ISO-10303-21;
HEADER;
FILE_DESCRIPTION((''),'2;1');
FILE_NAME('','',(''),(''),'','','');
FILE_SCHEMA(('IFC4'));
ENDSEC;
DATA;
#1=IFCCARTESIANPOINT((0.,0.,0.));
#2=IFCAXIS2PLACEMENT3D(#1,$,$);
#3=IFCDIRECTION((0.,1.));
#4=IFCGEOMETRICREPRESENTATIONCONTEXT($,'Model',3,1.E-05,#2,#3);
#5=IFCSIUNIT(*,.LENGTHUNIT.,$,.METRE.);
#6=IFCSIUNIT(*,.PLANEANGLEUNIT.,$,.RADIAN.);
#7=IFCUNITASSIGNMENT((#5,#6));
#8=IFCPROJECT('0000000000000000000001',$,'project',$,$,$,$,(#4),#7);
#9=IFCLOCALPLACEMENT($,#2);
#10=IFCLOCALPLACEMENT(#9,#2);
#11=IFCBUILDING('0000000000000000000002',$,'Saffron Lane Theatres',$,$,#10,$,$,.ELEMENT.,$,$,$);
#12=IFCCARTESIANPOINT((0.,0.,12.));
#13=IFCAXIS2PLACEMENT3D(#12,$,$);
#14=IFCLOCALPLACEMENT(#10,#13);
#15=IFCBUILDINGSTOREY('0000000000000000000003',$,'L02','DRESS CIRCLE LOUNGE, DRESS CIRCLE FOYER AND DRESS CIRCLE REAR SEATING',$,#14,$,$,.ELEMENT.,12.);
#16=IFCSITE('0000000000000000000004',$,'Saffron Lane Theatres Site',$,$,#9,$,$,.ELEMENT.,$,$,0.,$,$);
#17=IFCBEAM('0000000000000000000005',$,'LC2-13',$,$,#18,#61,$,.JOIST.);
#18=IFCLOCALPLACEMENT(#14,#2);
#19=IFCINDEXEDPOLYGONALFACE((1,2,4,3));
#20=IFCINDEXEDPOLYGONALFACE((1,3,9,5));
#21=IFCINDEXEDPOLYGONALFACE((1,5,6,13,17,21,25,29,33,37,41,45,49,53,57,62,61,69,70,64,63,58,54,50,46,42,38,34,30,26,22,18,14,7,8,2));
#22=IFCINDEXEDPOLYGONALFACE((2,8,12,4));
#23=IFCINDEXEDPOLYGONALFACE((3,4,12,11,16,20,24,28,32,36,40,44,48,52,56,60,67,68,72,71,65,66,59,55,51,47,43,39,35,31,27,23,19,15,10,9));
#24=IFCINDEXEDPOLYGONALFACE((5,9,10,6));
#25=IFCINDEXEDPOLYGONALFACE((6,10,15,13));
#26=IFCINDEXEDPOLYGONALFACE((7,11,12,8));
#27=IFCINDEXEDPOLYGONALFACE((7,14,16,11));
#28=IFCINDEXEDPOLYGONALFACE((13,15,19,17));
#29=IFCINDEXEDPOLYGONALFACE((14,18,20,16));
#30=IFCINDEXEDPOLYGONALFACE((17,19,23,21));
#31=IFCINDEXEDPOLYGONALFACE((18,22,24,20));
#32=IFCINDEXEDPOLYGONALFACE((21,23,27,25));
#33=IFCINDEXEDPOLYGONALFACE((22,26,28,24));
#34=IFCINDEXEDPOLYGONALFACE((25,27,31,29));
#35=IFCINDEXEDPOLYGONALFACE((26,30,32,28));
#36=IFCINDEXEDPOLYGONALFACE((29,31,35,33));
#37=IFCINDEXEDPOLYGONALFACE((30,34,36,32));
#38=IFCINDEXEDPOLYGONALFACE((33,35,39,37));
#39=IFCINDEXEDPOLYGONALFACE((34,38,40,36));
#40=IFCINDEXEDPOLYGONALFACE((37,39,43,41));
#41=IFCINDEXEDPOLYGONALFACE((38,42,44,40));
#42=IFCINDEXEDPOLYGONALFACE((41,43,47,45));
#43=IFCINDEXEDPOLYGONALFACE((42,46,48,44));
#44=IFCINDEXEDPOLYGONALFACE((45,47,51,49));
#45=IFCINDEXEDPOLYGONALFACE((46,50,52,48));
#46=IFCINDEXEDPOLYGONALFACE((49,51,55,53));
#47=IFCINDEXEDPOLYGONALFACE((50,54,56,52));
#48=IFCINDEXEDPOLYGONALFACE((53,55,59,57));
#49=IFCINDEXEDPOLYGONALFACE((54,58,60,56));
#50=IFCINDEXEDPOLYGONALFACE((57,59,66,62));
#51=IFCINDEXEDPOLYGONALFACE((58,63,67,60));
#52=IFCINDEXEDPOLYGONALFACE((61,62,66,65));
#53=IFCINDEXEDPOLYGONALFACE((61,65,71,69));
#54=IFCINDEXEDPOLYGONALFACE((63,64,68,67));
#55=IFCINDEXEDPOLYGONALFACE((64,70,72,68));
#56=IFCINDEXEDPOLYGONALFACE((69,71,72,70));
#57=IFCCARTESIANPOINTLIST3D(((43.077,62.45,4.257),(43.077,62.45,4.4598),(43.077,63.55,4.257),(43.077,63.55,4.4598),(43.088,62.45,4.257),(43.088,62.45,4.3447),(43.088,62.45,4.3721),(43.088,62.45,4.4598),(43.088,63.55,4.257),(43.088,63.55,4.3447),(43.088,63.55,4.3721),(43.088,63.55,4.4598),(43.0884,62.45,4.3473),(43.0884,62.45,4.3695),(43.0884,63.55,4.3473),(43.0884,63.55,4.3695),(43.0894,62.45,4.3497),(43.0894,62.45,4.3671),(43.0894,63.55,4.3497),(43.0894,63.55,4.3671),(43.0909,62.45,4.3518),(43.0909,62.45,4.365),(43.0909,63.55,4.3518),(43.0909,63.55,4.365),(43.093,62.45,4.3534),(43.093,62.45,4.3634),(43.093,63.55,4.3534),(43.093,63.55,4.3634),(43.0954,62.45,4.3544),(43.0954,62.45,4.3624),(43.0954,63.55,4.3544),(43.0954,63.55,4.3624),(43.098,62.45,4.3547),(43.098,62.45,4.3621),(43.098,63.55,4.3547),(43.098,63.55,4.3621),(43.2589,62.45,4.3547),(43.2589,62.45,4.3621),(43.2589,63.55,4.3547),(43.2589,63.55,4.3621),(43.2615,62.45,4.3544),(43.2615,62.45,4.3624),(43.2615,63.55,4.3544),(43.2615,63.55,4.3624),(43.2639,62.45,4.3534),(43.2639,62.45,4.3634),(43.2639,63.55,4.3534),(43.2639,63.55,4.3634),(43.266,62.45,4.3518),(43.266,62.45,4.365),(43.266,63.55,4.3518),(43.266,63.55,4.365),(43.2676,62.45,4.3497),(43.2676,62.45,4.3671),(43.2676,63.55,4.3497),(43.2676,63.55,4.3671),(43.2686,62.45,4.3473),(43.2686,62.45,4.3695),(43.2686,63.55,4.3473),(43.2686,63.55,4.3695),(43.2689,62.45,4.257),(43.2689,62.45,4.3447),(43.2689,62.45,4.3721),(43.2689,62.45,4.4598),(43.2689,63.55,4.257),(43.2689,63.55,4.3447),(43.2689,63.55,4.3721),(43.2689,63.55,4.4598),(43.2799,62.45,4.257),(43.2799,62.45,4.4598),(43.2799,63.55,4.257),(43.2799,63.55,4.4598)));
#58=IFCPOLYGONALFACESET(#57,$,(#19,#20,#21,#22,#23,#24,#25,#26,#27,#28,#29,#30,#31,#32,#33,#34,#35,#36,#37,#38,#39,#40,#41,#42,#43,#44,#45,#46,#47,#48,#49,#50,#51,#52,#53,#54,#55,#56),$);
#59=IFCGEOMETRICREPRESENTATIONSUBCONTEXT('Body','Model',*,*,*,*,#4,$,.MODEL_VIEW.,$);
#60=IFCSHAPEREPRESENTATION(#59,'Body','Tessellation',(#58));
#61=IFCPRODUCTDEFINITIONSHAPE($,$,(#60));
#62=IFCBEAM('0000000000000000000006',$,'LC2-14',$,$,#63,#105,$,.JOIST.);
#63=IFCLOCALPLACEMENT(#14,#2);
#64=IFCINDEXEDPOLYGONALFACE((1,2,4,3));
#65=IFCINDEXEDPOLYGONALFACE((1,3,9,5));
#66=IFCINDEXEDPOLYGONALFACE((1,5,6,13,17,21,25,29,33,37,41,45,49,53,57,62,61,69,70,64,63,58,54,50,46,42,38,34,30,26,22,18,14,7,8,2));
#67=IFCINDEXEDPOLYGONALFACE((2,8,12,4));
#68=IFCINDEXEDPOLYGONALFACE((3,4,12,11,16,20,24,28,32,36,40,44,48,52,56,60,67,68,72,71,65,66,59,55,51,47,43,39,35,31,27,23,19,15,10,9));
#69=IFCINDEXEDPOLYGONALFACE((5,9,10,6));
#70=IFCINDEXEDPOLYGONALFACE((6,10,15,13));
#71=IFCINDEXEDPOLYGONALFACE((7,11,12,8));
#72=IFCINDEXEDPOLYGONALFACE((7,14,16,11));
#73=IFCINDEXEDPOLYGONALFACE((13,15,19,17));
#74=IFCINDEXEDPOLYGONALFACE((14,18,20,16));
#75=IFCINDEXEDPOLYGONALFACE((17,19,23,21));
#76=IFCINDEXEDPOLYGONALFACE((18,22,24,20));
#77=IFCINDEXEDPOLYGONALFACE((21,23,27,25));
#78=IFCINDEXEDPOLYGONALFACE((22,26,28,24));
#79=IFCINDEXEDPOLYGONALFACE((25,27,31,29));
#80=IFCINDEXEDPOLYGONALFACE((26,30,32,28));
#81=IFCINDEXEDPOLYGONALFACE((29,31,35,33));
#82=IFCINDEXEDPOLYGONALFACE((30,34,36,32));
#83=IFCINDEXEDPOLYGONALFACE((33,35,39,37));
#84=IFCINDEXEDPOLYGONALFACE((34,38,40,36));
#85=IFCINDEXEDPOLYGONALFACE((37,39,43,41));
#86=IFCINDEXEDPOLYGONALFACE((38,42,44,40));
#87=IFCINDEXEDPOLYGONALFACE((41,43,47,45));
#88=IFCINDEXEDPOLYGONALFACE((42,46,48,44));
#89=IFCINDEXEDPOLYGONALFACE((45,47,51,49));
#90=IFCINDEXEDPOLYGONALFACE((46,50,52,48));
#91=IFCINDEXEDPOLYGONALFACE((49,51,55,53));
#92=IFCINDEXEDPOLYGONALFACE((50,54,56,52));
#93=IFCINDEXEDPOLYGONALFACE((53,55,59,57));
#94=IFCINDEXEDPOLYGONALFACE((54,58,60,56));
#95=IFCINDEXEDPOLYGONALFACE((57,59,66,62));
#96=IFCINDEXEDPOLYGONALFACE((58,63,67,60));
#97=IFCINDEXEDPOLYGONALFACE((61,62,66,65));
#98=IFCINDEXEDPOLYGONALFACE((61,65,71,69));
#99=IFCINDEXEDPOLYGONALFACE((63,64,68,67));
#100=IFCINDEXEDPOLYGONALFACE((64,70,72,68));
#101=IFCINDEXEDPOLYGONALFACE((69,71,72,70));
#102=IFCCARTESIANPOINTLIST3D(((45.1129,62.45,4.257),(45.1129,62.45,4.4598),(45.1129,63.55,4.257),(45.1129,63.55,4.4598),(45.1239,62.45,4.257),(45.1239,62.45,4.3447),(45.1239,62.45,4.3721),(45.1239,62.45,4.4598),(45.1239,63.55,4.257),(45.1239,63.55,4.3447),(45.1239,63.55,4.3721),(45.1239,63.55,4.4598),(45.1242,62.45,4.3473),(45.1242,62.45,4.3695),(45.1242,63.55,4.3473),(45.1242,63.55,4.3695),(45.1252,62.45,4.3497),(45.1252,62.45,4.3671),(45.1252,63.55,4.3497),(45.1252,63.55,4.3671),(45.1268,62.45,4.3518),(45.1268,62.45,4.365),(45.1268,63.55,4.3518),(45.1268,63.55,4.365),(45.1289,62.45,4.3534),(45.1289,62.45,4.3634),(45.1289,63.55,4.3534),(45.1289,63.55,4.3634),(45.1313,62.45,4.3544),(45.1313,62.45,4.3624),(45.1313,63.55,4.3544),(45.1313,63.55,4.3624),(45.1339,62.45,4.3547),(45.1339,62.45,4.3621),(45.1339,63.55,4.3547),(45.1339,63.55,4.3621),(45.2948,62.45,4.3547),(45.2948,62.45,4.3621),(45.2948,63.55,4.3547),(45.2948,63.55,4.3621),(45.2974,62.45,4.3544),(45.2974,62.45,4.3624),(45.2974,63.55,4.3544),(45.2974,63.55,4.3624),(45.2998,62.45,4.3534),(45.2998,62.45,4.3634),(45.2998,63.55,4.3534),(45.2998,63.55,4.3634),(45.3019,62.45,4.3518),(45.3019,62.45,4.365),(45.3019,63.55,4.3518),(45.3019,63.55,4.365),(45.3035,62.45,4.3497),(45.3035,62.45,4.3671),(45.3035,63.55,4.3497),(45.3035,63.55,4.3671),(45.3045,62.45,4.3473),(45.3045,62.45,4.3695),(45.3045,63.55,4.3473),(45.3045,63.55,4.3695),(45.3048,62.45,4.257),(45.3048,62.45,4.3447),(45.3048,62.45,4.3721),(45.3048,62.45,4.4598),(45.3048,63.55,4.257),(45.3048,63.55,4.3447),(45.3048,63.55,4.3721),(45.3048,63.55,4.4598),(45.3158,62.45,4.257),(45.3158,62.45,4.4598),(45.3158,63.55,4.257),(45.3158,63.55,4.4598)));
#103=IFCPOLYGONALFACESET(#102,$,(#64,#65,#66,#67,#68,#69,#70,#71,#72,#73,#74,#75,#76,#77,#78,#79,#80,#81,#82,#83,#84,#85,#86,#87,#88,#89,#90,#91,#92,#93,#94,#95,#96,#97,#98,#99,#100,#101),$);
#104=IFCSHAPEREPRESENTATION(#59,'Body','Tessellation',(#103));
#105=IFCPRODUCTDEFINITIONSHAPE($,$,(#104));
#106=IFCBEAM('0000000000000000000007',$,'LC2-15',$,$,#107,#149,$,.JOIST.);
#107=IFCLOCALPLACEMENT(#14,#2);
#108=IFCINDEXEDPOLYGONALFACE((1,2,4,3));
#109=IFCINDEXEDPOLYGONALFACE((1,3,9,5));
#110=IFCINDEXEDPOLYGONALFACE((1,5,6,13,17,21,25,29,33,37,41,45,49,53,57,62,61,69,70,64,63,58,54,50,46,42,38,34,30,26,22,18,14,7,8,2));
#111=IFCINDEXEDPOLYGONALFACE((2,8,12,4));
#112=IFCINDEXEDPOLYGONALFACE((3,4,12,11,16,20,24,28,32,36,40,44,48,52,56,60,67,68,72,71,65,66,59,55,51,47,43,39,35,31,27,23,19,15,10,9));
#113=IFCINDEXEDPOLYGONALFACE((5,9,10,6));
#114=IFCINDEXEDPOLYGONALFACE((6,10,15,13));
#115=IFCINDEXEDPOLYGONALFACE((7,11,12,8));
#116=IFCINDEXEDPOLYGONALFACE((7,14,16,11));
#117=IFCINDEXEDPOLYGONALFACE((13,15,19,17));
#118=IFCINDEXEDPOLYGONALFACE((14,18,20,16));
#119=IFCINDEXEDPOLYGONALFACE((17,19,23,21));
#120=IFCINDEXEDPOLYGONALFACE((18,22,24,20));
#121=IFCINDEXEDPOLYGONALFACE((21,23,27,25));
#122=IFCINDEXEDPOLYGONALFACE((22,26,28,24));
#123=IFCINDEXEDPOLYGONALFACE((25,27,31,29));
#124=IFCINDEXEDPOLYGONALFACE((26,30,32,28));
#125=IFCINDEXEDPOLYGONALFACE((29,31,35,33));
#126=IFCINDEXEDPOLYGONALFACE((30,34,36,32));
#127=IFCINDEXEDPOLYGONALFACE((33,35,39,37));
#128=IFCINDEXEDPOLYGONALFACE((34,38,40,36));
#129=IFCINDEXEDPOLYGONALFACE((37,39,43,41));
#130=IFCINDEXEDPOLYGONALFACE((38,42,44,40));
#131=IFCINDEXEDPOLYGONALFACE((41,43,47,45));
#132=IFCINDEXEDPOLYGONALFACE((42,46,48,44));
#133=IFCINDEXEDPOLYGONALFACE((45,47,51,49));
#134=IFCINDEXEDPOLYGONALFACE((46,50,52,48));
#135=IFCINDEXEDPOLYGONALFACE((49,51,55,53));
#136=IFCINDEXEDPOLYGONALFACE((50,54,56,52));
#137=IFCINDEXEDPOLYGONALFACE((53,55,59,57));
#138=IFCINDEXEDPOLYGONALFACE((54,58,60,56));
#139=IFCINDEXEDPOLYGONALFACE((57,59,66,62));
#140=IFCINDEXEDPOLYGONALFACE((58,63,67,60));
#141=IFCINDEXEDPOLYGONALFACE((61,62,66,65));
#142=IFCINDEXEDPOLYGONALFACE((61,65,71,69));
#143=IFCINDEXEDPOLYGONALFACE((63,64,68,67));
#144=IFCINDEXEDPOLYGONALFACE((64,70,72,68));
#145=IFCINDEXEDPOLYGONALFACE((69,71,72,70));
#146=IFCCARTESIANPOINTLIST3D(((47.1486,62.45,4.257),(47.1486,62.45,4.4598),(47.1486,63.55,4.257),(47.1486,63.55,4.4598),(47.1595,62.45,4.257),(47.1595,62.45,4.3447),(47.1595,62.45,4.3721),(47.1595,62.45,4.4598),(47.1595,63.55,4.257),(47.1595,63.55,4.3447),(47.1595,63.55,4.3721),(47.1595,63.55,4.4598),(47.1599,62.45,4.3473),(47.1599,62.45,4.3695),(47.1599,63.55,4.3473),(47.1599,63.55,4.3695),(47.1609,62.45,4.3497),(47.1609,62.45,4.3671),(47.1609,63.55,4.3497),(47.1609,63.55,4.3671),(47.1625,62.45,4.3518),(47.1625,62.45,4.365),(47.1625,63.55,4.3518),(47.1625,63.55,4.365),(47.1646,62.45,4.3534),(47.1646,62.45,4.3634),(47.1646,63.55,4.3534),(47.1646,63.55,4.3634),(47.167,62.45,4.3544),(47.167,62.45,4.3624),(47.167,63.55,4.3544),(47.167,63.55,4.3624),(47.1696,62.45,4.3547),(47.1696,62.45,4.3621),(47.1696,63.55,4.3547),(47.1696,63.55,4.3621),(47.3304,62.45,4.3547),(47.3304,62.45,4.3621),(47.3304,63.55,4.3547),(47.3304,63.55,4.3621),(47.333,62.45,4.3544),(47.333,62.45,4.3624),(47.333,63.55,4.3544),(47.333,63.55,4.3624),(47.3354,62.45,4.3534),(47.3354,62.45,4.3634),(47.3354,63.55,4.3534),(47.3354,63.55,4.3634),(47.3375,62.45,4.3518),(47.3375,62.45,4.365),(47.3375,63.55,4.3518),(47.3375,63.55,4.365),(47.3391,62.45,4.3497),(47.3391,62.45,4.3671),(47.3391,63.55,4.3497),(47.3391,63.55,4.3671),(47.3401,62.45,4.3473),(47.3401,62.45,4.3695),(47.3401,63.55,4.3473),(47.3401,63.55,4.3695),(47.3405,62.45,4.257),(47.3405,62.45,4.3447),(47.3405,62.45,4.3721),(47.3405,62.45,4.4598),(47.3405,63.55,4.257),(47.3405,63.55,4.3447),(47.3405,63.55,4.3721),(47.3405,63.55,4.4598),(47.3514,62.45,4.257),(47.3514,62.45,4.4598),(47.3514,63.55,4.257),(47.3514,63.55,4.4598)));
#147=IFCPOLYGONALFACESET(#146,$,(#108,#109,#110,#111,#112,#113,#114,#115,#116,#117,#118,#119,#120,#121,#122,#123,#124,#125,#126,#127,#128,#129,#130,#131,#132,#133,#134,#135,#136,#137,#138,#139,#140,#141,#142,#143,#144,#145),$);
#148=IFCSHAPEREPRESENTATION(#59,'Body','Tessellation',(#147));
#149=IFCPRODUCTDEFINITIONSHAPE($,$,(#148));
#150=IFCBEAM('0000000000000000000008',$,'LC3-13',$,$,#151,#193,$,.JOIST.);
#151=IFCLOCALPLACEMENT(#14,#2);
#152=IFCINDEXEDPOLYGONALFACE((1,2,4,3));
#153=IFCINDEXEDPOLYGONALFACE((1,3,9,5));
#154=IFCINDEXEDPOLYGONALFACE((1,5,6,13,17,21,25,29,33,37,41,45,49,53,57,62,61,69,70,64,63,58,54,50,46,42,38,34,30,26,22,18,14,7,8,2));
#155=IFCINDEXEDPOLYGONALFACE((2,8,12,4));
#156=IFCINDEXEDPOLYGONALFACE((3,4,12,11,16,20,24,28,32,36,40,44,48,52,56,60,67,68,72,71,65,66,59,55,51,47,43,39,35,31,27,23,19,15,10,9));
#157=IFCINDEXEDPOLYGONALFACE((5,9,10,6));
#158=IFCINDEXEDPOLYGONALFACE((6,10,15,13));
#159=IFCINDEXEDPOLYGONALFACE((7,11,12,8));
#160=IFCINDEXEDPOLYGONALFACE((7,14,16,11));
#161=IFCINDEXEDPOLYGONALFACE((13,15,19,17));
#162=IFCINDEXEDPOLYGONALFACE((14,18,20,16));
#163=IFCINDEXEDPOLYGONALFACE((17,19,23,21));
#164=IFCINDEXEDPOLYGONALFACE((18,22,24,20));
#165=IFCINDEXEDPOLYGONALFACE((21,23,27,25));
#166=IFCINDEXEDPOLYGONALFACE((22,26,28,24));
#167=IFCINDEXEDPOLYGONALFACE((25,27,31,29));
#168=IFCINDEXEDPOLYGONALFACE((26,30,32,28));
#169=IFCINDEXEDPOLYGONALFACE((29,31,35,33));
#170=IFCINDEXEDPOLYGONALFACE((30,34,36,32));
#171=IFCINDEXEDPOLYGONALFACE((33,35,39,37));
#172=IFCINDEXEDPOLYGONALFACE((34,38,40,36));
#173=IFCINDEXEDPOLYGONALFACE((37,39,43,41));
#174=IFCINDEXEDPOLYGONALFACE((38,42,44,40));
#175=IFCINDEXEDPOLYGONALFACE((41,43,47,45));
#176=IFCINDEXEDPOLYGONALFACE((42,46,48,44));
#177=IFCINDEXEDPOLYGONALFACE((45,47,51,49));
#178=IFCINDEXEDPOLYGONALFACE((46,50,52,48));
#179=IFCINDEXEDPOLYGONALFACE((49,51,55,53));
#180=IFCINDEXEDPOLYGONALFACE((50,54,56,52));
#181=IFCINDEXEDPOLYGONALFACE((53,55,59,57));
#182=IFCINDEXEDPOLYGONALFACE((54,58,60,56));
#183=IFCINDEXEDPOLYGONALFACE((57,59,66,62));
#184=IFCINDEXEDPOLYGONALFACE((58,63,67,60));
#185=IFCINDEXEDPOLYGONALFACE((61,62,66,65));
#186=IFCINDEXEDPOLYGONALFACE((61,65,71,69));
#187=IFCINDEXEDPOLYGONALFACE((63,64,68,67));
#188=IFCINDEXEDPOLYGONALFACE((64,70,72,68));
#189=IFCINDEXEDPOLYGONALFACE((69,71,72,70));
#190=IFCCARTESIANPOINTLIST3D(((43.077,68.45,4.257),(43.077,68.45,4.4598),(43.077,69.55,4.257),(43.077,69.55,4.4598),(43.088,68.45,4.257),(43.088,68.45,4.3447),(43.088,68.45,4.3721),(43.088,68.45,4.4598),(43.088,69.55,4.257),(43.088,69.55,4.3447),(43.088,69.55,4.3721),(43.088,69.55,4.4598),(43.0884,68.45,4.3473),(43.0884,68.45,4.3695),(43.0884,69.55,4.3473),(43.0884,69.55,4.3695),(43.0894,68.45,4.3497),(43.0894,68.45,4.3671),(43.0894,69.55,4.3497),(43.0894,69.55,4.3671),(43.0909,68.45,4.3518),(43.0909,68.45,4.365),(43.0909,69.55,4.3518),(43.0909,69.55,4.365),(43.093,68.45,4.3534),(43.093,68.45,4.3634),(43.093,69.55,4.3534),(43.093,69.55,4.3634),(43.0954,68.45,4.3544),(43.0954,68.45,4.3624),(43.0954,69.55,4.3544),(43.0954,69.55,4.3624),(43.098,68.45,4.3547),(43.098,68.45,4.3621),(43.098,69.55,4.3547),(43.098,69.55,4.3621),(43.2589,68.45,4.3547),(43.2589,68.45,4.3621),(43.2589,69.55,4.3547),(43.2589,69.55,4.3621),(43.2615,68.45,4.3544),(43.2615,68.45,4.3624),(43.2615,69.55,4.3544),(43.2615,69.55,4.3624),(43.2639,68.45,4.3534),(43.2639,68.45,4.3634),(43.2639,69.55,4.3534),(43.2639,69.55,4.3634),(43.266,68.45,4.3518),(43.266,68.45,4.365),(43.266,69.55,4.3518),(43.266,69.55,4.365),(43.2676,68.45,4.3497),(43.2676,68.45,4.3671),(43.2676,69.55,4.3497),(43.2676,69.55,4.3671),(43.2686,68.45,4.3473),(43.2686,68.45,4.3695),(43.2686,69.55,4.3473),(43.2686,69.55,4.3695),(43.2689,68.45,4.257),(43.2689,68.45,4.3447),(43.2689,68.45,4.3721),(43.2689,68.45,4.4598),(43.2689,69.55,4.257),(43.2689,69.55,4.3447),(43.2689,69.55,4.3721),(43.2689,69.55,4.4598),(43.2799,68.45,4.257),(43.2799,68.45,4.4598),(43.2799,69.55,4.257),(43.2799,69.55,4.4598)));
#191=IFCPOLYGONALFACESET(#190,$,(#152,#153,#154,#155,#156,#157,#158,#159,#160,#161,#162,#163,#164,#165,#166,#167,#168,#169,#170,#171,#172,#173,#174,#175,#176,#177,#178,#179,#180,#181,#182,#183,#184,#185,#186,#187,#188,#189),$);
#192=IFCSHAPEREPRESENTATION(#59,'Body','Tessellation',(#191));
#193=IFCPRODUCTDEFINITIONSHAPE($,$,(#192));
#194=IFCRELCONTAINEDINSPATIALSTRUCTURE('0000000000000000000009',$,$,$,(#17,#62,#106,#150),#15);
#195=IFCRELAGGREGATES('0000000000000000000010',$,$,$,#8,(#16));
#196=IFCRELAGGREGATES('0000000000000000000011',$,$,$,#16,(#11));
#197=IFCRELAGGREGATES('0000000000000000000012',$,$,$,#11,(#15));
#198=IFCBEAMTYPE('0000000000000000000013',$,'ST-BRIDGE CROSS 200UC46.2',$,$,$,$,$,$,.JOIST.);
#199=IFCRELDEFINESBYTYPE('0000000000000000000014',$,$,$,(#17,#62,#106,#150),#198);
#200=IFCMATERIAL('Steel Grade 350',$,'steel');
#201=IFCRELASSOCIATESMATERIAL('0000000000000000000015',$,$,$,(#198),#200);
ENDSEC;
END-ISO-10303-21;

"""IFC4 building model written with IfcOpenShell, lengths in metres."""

from ifc_helpers import new_model, si_unit, direction, frame, origin, origin_2d, place, context, subcontext, project, spatial, i_section, extrude, material, material_profile, profile_set, type_object, element, save


model = new_model("IFC4")

# Units and contexts
model_context = context("Model", 3, precision=1e-05, world=origin(), true_north=direction((0.0, 1.0)))
body_context = subcontext(model_context, "Body", "Model", "MODEL_VIEW")
ifc_project = project(units=[si_unit("LENGTHUNIT", "METRE"), si_unit("PLANEANGLEUNIT", "RADIAN")], contexts=[model_context])

# Site, building, storey
site_placement = place(None, origin())
site = spatial("IfcSite", under=ifc_project, at=site_placement, Name="Saffron Lane Theatres Site", CompositionType="ELEMENT", RefElevation=0.0)
building_placement = place(site_placement, origin())
building = spatial("IfcBuilding", under=site, at=building_placement, Name="Saffron Lane Theatres", CompositionType="ELEMENT")
storey_placement = place(building_placement, frame((0.0, 0.0, 12.0)))
storey = spatial("IfcBuildingStorey", under=building, at=storey_placement, Name="L02", Description="DRESS CIRCLE LOUNGE, DRESS CIRCLE FOYER AND DRESS CIRCLE REAR SEATING", CompositionType="ELEMENT", Elevation=12.0)

# Beams
ifc_material_1 = material(Name="Steel Grade 350", Category="steel")
ifc_material_profile_1 = material_profile(ifc_material_1, i_section(OverallWidth=0.2029, OverallDepth=0.2029, WebThickness=0.0073, FlangeThickness=0.011, FilletRadius=0.01, at=origin_2d()))
ifc_profile_set_1 = profile_set([ifc_material_profile_1], Name="Steel Grade 350")
beam_type_1 = type_object("IfcBeamType", Name="ST-BRIDGE CROSS 200UC46.2", PredefinedType="JOIST", material=ifc_profile_set_1)
for number, where, z_axis, x_axis, name in (
    (1, (43.1785, 62.45, 4.3584), (0.0, 1.0, 0.0), (0.0, 0.0, 1.0), "LC2-13"),
    (2, (45.2144, 62.45, 4.3584), (0.0, 1.0, 0.0), (0.0, 0.0, 1.0), "LC2-14"),
    (3, (47.25, 62.45, 4.3584), (0.0, 1.0, 0.0), (0.0, 0.0, 1.0), "LC2-15"),
    (4, (43.1785, 68.45, 4.3584), (0.0, 1.0, 0.0), (0.0, 0.0, 1.0), "LC3-13"),
):
    element("IfcBeam", number, at=place(storey_placement, frame(where, z_axis=z_axis, x_axis=x_axis)), inside=storey, type_object=beam_type_1, Name=name, PredefinedType="JOIST", context=body_context, shape_type="SweptSolid", body=[
        extrude(i_section(OverallWidth=0.2029, OverallDepth=0.2029, WebThickness=0.0073, FlangeThickness=0.011, FilletRadius=0.01, at=origin_2d()), origin(), (0.0, 0.0, 1.0), 1.1001),
    ])

save(model, "model.ifc")
